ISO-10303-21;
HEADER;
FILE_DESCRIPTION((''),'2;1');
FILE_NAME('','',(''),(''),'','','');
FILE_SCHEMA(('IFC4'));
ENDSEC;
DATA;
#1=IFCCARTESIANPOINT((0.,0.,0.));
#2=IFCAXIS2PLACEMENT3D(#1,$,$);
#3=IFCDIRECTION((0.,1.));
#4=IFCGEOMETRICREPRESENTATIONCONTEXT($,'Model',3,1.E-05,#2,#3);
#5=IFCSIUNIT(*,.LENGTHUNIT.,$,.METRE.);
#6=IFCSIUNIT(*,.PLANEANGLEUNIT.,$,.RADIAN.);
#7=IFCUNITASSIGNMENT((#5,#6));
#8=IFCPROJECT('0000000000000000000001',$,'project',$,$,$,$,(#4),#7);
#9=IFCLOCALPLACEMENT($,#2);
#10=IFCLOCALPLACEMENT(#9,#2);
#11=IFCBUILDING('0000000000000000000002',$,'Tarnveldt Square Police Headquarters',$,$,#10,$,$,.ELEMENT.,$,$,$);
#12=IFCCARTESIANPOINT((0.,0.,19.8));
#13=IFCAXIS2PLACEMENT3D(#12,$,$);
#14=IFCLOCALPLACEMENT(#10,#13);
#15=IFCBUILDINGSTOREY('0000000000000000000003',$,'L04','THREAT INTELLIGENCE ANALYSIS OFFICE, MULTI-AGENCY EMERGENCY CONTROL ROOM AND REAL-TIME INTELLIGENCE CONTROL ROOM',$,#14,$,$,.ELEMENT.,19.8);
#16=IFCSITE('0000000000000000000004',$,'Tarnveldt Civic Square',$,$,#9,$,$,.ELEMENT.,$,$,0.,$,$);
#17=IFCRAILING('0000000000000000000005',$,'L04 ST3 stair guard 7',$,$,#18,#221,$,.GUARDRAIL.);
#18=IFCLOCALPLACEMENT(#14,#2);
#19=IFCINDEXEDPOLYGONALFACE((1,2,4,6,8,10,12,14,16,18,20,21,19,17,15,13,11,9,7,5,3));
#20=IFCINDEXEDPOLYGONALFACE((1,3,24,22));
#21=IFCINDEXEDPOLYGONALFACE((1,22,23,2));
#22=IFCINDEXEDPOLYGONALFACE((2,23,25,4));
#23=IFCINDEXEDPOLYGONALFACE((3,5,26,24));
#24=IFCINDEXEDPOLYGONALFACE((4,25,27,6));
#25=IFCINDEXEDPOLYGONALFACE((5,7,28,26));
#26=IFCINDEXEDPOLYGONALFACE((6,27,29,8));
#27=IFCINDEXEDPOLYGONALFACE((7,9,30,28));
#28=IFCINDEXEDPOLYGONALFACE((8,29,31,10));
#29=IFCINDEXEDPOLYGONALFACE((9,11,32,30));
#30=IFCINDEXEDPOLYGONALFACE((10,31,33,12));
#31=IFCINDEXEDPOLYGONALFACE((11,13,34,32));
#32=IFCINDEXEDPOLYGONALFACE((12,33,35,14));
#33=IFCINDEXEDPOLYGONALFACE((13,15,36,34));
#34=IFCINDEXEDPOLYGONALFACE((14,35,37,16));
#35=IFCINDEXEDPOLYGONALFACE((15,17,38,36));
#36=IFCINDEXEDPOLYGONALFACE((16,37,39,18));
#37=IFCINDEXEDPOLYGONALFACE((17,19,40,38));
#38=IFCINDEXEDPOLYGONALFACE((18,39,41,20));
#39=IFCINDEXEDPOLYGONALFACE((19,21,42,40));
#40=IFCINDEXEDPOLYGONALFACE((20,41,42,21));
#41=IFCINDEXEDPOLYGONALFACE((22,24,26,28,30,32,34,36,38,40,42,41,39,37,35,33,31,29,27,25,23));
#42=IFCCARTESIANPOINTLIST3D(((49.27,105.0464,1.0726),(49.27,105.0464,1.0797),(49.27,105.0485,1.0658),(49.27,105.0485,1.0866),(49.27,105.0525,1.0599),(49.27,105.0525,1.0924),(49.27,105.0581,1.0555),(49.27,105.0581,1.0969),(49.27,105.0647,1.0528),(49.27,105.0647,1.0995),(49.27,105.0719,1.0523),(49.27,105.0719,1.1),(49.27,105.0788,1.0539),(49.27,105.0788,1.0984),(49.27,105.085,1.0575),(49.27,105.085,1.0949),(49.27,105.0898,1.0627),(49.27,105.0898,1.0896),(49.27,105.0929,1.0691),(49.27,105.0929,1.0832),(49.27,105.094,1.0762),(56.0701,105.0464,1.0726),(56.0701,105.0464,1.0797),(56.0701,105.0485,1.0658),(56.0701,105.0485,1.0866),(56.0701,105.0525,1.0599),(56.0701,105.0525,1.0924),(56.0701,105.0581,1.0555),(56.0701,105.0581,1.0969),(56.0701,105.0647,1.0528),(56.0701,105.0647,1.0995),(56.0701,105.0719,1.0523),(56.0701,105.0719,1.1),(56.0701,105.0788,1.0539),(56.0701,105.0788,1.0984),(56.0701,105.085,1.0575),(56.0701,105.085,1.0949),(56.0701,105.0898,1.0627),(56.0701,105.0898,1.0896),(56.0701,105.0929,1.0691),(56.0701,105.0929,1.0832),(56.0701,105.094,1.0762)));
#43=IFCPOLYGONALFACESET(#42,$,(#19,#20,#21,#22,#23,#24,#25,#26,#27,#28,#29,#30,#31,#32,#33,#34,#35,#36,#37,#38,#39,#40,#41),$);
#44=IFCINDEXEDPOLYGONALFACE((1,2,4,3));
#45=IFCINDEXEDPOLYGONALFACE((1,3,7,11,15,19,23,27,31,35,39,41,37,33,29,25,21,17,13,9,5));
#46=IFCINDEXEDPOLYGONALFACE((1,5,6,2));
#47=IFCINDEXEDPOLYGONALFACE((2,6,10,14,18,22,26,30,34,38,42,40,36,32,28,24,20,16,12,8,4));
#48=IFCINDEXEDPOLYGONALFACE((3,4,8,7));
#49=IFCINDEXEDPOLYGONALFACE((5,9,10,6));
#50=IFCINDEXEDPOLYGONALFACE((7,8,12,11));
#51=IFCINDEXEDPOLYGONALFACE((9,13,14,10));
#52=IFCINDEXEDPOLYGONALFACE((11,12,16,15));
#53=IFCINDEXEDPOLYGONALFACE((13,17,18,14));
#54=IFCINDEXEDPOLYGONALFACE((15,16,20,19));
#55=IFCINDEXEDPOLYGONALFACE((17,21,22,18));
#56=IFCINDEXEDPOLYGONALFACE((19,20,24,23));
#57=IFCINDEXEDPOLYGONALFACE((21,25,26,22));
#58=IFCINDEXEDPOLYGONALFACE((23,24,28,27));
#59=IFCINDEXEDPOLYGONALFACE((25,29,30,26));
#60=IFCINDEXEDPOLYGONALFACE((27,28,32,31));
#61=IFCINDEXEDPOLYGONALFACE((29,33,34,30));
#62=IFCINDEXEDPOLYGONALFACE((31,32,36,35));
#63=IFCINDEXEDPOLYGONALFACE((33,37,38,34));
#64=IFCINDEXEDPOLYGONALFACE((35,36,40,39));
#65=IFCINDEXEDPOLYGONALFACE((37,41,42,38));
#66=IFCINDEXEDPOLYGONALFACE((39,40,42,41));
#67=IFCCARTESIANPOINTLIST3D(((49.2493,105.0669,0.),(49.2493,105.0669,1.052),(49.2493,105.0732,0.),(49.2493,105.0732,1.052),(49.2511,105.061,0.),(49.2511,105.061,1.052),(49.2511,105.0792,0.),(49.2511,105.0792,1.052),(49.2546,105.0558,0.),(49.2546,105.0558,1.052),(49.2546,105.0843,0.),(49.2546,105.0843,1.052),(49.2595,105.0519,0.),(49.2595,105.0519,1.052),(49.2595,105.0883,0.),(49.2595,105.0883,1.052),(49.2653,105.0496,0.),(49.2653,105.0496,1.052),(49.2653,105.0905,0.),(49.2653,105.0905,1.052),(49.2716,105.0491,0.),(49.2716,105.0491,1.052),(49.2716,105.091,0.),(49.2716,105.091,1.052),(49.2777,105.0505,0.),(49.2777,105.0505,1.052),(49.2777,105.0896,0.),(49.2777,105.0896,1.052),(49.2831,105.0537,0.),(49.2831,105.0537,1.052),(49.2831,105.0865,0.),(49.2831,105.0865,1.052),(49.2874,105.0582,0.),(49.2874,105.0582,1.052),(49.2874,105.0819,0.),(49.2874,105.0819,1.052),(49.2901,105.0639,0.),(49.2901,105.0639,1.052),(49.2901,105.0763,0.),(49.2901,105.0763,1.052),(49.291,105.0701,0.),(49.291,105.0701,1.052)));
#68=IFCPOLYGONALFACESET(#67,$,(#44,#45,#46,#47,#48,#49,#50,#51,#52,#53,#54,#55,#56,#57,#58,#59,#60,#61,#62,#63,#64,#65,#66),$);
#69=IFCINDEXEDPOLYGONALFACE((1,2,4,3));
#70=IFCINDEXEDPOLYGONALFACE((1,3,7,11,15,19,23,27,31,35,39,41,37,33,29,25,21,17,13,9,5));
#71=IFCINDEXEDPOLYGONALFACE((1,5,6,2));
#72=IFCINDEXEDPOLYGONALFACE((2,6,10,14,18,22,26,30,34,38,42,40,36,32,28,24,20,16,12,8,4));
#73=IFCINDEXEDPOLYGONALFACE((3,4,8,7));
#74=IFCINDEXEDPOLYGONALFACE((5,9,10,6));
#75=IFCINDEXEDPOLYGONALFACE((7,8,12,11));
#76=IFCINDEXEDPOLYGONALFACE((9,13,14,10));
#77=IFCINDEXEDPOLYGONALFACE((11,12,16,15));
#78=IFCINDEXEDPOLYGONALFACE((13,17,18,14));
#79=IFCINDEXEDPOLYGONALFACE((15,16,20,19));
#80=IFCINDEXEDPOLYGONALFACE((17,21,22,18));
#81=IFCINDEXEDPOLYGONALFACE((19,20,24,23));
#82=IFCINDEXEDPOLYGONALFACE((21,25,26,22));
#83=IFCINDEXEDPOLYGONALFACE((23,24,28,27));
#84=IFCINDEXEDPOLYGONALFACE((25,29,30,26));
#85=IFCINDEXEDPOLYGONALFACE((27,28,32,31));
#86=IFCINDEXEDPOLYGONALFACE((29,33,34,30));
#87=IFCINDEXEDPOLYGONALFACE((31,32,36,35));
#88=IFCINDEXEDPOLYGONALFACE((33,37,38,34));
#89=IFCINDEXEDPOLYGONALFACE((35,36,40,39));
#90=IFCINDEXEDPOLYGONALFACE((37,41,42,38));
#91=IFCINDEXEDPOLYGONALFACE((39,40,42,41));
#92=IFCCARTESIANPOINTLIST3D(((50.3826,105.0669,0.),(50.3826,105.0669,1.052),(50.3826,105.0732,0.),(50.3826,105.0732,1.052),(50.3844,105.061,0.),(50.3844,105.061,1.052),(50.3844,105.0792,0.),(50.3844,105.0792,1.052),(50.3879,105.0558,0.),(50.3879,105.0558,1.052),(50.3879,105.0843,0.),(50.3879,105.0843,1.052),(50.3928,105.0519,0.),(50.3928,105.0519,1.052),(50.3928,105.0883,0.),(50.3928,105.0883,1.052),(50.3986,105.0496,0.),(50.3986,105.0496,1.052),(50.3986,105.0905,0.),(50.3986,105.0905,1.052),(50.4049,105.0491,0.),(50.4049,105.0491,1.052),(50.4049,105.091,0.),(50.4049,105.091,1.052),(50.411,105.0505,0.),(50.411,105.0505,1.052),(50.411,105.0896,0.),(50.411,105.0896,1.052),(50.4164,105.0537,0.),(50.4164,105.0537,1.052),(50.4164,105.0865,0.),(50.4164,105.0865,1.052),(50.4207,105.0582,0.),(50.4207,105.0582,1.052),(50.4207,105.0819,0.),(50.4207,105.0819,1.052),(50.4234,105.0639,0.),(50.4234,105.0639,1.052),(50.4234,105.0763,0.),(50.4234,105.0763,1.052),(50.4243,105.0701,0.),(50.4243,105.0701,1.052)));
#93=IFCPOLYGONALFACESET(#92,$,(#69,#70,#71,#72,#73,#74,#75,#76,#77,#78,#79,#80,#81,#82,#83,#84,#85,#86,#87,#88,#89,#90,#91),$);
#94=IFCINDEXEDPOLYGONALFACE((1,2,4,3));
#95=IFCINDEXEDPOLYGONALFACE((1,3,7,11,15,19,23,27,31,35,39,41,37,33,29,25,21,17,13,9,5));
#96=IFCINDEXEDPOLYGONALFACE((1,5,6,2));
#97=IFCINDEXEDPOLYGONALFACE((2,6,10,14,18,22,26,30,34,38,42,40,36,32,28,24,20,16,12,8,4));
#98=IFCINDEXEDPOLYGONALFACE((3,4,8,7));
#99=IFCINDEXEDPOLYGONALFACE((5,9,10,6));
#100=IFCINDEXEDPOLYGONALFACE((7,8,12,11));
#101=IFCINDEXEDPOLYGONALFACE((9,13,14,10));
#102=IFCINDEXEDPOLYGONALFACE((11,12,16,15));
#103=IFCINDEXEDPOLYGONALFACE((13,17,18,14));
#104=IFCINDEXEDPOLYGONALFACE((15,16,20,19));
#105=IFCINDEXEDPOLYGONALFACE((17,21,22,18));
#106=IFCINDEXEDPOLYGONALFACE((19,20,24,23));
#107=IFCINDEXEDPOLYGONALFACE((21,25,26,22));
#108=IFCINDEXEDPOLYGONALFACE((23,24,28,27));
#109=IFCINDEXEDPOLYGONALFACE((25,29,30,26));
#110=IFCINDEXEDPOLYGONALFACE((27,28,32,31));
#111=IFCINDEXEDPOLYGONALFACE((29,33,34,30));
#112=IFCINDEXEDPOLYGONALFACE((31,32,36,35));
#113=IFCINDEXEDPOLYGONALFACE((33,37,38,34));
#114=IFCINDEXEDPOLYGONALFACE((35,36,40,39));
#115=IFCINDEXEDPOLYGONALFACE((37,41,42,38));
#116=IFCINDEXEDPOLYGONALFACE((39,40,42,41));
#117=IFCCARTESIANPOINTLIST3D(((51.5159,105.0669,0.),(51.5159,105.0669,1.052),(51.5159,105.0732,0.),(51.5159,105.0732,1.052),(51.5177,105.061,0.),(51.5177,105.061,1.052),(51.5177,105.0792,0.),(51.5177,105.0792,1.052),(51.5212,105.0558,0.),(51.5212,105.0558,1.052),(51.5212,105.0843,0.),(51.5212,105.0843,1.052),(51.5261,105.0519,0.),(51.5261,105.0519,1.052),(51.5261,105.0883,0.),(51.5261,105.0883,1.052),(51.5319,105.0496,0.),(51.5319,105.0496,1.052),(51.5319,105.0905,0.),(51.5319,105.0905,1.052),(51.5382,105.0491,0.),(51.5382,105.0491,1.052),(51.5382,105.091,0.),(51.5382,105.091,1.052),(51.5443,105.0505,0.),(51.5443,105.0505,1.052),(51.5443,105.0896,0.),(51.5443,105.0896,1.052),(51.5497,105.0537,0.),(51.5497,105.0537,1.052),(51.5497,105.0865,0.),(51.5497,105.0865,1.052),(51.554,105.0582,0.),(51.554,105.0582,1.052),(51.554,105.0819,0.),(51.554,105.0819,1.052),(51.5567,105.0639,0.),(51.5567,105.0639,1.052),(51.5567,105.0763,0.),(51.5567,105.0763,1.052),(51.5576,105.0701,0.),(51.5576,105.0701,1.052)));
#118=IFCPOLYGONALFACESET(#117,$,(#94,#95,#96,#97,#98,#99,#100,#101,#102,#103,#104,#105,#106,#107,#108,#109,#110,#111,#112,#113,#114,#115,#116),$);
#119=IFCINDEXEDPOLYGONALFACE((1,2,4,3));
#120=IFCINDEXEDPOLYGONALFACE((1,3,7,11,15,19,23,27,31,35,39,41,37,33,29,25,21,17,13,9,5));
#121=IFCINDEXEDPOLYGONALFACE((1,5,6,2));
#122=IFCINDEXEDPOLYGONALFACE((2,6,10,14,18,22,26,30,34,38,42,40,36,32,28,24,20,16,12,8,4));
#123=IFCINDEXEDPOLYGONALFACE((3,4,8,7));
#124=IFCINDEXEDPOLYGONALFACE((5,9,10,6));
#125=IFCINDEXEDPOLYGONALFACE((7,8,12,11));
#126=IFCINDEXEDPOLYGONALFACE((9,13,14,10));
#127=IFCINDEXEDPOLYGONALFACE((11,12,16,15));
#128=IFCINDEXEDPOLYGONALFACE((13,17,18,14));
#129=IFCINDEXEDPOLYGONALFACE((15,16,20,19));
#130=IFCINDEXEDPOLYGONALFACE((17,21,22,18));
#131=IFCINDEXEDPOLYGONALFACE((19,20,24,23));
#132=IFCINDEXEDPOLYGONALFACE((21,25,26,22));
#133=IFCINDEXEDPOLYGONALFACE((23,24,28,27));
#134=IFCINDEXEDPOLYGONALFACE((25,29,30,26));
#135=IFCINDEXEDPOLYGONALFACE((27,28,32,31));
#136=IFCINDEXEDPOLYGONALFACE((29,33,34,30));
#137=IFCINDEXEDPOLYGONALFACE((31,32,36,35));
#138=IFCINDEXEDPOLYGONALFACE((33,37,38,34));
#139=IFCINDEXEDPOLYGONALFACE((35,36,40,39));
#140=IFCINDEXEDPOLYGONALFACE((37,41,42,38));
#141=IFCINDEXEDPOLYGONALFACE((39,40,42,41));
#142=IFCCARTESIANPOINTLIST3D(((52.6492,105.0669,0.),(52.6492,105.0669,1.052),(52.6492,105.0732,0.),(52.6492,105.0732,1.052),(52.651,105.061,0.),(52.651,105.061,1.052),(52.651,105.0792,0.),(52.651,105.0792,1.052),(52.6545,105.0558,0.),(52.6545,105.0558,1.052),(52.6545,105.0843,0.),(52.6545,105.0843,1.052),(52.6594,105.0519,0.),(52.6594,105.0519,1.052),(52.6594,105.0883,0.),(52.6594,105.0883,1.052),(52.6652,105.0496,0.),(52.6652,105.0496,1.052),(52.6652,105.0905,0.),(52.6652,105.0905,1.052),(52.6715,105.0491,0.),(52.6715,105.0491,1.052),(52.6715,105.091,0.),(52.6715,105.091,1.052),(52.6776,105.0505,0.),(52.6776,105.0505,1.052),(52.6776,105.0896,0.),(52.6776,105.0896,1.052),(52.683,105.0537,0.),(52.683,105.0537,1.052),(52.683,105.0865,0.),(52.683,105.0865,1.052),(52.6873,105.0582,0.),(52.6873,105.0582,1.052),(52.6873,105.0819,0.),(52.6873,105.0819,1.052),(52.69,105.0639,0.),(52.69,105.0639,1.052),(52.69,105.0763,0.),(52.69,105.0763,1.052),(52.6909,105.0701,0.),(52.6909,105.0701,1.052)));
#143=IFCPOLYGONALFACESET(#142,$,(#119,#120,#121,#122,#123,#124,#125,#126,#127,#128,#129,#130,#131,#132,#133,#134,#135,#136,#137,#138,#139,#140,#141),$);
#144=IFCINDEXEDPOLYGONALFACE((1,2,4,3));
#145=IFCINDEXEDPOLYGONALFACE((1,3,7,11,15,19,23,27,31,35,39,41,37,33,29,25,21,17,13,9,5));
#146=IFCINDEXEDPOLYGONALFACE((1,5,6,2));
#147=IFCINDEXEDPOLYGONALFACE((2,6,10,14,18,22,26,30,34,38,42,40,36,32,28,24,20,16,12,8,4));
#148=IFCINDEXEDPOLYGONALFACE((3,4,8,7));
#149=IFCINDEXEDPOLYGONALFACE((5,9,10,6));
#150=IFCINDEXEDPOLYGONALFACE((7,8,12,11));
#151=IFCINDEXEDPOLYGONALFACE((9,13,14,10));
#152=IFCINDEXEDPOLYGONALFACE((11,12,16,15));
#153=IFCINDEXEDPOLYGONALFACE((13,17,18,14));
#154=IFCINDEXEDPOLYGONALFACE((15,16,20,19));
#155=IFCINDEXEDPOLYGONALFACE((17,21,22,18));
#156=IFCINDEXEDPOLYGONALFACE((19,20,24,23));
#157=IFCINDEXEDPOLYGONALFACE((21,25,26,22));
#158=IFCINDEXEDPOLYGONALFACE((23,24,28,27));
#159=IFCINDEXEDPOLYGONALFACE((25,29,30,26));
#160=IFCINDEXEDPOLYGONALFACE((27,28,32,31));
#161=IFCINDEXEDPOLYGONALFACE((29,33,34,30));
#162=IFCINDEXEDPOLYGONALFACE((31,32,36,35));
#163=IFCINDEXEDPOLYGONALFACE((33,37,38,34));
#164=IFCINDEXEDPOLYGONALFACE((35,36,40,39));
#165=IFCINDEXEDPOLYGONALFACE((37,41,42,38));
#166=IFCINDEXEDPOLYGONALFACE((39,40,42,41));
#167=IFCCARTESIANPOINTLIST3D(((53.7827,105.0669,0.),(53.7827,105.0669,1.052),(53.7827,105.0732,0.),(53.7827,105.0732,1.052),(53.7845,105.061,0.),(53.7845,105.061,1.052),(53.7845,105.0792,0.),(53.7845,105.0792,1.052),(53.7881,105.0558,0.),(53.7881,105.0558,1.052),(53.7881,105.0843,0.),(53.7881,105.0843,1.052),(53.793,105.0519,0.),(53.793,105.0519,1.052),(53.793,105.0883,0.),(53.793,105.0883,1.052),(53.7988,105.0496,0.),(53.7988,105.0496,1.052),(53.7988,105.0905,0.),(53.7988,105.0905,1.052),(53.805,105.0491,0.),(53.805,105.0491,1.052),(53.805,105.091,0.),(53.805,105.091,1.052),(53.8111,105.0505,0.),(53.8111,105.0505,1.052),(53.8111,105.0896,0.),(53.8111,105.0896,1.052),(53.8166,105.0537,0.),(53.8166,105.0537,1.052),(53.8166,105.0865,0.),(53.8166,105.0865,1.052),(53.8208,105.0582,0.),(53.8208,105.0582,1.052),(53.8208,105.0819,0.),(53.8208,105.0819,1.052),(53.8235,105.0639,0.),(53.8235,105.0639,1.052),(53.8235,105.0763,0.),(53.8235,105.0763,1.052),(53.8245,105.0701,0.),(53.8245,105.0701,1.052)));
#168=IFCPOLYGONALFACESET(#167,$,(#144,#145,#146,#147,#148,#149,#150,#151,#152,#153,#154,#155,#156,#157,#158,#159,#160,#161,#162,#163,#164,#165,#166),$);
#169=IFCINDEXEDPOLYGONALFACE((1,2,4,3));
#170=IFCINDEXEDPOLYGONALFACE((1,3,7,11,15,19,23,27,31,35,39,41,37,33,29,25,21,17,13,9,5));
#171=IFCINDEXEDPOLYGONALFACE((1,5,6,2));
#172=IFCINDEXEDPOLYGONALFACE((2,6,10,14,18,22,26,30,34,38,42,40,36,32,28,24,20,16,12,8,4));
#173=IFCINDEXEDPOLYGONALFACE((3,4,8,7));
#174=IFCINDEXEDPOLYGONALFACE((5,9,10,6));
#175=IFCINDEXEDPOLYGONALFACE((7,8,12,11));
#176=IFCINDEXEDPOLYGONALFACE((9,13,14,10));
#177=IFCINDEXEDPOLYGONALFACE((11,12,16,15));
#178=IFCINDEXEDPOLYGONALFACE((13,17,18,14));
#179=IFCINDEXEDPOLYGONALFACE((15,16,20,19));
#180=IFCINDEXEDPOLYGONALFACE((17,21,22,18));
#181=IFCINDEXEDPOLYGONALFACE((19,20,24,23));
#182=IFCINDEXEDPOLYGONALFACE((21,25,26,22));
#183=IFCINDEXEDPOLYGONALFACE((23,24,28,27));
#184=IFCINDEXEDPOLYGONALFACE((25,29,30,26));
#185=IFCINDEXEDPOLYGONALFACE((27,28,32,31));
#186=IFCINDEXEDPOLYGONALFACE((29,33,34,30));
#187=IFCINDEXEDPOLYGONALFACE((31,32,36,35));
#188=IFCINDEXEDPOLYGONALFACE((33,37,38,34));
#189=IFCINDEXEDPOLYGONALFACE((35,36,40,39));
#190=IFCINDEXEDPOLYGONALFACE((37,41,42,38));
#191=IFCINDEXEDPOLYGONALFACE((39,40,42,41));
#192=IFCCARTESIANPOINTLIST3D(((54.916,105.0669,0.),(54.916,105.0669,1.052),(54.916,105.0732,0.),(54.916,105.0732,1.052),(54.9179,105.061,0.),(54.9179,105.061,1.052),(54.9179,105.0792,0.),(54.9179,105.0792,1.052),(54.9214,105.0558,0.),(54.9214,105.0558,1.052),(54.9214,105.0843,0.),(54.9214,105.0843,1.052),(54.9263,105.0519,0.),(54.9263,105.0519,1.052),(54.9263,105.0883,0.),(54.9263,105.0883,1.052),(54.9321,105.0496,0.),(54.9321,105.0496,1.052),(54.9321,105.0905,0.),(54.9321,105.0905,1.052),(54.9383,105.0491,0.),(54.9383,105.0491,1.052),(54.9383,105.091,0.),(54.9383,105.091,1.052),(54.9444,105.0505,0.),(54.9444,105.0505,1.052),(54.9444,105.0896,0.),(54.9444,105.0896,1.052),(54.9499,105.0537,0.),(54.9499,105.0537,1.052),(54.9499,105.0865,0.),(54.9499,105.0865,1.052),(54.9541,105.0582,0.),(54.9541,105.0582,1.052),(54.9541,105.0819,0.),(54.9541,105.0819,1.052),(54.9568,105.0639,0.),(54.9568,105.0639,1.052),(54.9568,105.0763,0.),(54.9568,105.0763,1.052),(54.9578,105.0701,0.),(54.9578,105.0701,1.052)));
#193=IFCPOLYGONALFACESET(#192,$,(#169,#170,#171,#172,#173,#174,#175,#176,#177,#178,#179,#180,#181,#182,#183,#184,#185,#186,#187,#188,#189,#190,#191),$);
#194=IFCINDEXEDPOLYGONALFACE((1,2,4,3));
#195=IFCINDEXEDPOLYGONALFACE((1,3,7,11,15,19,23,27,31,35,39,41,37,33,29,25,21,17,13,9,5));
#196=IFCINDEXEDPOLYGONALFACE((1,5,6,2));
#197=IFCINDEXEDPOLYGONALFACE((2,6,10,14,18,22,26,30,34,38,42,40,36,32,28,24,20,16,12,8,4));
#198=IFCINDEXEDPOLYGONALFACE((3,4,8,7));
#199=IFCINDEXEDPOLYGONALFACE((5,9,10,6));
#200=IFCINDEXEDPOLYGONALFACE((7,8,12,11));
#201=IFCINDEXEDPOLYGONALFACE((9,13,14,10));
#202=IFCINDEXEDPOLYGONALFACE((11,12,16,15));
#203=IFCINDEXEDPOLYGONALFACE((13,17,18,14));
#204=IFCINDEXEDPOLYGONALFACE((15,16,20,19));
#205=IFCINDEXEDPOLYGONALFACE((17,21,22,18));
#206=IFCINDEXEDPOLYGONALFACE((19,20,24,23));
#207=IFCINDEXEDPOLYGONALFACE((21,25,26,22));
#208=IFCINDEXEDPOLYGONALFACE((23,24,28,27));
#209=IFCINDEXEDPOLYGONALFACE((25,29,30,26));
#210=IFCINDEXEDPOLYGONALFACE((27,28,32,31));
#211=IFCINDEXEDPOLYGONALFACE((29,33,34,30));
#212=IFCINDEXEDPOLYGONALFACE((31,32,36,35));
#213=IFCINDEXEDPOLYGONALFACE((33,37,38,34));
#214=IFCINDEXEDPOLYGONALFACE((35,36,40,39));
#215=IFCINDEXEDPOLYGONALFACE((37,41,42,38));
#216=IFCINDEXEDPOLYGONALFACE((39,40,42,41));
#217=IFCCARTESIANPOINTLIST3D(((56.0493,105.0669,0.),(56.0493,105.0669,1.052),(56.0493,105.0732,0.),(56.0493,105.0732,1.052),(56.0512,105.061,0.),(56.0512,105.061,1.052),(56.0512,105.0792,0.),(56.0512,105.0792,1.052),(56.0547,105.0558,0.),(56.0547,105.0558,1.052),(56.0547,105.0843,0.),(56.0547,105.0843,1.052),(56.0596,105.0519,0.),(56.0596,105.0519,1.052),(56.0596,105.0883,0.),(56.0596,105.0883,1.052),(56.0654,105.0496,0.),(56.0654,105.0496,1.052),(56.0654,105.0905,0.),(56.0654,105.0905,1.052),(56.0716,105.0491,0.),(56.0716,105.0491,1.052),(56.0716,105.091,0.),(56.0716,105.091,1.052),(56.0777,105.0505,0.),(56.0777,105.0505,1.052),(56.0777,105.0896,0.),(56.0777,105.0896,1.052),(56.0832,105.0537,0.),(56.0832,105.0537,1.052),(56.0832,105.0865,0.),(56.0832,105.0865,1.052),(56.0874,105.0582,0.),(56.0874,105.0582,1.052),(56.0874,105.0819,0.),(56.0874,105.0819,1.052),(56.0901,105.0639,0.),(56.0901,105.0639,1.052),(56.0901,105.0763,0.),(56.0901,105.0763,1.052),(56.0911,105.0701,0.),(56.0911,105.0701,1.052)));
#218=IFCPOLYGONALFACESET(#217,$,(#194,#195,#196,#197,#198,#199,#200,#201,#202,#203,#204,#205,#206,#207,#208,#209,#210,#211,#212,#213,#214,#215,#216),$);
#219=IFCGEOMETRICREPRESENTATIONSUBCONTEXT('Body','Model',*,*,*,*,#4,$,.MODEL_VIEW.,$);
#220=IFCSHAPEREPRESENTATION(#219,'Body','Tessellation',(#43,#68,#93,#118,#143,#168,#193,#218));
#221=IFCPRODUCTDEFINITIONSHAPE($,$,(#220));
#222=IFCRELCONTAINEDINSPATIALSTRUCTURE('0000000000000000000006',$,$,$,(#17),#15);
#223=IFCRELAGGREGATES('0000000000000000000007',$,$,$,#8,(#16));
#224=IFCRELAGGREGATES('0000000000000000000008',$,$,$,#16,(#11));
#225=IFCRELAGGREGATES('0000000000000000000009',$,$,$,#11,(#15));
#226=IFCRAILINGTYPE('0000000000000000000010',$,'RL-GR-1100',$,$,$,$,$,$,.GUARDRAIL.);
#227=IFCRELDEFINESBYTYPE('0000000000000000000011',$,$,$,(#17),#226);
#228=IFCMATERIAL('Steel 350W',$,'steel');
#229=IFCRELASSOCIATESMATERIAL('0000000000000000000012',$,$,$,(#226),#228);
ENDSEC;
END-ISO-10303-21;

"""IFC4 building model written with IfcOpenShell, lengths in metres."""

from ifc_helpers import new_model, si_unit, direction, frame, origin, origin_2d, place, context, subcontext, project, spatial, circle, extrude, material, type_object, element, save


model = new_model("IFC4")

# Units and contexts
model_context = context("Model", 3, precision=1e-05, world=origin(), true_north=direction((0.0, 1.0)))
body_context = subcontext(model_context, "Body", "Model", "MODEL_VIEW")
ifc_project = project(units=[si_unit("LENGTHUNIT", "METRE"), si_unit("PLANEANGLEUNIT", "RADIAN")], contexts=[model_context])

# Site, building, storey
site_placement = place(None, origin())
site = spatial("IfcSite", under=ifc_project, at=site_placement, Name="Tarnveldt Civic Square", CompositionType="ELEMENT", RefElevation=0.0)
building_placement = place(site_placement, origin())
building = spatial("IfcBuilding", under=site, at=building_placement, Name="Tarnveldt Square Police Headquarters", CompositionType="ELEMENT")
storey_placement = place(building_placement, frame((0.0, 0.0, 19.8)))
storey = spatial("IfcBuildingStorey", under=building, at=storey_placement, Name="L04", Description="THREAT INTELLIGENCE ANALYSIS OFFICE, MULTI-AGENCY EMERGENCY CONTROL ROOM AND REAL-TIME INTELLIGENCE CONTROL ROOM", CompositionType="ELEMENT", Elevation=19.8)

# Shared definitions
ifc_material_1 = material(Name="Steel 350W", Category="steel")

# Railing
railing_type_1 = type_object("IfcRailingType", Name="RL-GR-1100", PredefinedType="GUARDRAIL", material=ifc_material_1)
railing_1_placement = place(storey_placement, frame((49.27, 105.0701, 0.0)))
element("IfcRailing", 1, at=railing_1_placement, inside=storey, type_object=railing_type_1, Name="L04 ST3 stair guard 7", PredefinedType="GUARDRAIL", context=body_context, shape_type="SweptSolid", body=[
    extrude(circle(Radius=0.0239, at=origin_2d()), frame((0.0, 0.0, 1.0762), z_axis=(1.0, 0.0, 0.0), x_axis=(0.0, 1.0, 0.0)), (0.0, 0.0, 1.0), 6.8),
    extrude(circle(Radius=0.021, at=origin_2d()), origin(), (0.0, 0.0, 1.0), 1.052),
    extrude(circle(Radius=0.021, at=origin_2d()), frame((1.1333, 0.0, 0.0)), (0.0, 0.0, 1.0), 1.052),
    extrude(circle(Radius=0.021, at=origin_2d()), frame((2.2666, 0.0, 0.0)), (0.0, 0.0, 1.0), 1.052),
    extrude(circle(Radius=0.021, at=origin_2d()), frame((3.3999, 0.0, 0.0)), (0.0, 0.0, 1.0), 1.052),
    extrude(circle(Radius=0.021, at=origin_2d()), frame((4.5334, 0.0, 0.0)), (0.0, 0.0, 1.0), 1.052),
    extrude(circle(Radius=0.021, at=origin_2d()), frame((5.6667, 0.0, 0.0)), (0.0, 0.0, 1.0), 1.052),
    extrude(circle(Radius=0.021, at=origin_2d()), frame((6.8, 0.0, 0.0)), (0.0, 0.0, 1.0), 1.052),
])

save(model, "model.ifc")
